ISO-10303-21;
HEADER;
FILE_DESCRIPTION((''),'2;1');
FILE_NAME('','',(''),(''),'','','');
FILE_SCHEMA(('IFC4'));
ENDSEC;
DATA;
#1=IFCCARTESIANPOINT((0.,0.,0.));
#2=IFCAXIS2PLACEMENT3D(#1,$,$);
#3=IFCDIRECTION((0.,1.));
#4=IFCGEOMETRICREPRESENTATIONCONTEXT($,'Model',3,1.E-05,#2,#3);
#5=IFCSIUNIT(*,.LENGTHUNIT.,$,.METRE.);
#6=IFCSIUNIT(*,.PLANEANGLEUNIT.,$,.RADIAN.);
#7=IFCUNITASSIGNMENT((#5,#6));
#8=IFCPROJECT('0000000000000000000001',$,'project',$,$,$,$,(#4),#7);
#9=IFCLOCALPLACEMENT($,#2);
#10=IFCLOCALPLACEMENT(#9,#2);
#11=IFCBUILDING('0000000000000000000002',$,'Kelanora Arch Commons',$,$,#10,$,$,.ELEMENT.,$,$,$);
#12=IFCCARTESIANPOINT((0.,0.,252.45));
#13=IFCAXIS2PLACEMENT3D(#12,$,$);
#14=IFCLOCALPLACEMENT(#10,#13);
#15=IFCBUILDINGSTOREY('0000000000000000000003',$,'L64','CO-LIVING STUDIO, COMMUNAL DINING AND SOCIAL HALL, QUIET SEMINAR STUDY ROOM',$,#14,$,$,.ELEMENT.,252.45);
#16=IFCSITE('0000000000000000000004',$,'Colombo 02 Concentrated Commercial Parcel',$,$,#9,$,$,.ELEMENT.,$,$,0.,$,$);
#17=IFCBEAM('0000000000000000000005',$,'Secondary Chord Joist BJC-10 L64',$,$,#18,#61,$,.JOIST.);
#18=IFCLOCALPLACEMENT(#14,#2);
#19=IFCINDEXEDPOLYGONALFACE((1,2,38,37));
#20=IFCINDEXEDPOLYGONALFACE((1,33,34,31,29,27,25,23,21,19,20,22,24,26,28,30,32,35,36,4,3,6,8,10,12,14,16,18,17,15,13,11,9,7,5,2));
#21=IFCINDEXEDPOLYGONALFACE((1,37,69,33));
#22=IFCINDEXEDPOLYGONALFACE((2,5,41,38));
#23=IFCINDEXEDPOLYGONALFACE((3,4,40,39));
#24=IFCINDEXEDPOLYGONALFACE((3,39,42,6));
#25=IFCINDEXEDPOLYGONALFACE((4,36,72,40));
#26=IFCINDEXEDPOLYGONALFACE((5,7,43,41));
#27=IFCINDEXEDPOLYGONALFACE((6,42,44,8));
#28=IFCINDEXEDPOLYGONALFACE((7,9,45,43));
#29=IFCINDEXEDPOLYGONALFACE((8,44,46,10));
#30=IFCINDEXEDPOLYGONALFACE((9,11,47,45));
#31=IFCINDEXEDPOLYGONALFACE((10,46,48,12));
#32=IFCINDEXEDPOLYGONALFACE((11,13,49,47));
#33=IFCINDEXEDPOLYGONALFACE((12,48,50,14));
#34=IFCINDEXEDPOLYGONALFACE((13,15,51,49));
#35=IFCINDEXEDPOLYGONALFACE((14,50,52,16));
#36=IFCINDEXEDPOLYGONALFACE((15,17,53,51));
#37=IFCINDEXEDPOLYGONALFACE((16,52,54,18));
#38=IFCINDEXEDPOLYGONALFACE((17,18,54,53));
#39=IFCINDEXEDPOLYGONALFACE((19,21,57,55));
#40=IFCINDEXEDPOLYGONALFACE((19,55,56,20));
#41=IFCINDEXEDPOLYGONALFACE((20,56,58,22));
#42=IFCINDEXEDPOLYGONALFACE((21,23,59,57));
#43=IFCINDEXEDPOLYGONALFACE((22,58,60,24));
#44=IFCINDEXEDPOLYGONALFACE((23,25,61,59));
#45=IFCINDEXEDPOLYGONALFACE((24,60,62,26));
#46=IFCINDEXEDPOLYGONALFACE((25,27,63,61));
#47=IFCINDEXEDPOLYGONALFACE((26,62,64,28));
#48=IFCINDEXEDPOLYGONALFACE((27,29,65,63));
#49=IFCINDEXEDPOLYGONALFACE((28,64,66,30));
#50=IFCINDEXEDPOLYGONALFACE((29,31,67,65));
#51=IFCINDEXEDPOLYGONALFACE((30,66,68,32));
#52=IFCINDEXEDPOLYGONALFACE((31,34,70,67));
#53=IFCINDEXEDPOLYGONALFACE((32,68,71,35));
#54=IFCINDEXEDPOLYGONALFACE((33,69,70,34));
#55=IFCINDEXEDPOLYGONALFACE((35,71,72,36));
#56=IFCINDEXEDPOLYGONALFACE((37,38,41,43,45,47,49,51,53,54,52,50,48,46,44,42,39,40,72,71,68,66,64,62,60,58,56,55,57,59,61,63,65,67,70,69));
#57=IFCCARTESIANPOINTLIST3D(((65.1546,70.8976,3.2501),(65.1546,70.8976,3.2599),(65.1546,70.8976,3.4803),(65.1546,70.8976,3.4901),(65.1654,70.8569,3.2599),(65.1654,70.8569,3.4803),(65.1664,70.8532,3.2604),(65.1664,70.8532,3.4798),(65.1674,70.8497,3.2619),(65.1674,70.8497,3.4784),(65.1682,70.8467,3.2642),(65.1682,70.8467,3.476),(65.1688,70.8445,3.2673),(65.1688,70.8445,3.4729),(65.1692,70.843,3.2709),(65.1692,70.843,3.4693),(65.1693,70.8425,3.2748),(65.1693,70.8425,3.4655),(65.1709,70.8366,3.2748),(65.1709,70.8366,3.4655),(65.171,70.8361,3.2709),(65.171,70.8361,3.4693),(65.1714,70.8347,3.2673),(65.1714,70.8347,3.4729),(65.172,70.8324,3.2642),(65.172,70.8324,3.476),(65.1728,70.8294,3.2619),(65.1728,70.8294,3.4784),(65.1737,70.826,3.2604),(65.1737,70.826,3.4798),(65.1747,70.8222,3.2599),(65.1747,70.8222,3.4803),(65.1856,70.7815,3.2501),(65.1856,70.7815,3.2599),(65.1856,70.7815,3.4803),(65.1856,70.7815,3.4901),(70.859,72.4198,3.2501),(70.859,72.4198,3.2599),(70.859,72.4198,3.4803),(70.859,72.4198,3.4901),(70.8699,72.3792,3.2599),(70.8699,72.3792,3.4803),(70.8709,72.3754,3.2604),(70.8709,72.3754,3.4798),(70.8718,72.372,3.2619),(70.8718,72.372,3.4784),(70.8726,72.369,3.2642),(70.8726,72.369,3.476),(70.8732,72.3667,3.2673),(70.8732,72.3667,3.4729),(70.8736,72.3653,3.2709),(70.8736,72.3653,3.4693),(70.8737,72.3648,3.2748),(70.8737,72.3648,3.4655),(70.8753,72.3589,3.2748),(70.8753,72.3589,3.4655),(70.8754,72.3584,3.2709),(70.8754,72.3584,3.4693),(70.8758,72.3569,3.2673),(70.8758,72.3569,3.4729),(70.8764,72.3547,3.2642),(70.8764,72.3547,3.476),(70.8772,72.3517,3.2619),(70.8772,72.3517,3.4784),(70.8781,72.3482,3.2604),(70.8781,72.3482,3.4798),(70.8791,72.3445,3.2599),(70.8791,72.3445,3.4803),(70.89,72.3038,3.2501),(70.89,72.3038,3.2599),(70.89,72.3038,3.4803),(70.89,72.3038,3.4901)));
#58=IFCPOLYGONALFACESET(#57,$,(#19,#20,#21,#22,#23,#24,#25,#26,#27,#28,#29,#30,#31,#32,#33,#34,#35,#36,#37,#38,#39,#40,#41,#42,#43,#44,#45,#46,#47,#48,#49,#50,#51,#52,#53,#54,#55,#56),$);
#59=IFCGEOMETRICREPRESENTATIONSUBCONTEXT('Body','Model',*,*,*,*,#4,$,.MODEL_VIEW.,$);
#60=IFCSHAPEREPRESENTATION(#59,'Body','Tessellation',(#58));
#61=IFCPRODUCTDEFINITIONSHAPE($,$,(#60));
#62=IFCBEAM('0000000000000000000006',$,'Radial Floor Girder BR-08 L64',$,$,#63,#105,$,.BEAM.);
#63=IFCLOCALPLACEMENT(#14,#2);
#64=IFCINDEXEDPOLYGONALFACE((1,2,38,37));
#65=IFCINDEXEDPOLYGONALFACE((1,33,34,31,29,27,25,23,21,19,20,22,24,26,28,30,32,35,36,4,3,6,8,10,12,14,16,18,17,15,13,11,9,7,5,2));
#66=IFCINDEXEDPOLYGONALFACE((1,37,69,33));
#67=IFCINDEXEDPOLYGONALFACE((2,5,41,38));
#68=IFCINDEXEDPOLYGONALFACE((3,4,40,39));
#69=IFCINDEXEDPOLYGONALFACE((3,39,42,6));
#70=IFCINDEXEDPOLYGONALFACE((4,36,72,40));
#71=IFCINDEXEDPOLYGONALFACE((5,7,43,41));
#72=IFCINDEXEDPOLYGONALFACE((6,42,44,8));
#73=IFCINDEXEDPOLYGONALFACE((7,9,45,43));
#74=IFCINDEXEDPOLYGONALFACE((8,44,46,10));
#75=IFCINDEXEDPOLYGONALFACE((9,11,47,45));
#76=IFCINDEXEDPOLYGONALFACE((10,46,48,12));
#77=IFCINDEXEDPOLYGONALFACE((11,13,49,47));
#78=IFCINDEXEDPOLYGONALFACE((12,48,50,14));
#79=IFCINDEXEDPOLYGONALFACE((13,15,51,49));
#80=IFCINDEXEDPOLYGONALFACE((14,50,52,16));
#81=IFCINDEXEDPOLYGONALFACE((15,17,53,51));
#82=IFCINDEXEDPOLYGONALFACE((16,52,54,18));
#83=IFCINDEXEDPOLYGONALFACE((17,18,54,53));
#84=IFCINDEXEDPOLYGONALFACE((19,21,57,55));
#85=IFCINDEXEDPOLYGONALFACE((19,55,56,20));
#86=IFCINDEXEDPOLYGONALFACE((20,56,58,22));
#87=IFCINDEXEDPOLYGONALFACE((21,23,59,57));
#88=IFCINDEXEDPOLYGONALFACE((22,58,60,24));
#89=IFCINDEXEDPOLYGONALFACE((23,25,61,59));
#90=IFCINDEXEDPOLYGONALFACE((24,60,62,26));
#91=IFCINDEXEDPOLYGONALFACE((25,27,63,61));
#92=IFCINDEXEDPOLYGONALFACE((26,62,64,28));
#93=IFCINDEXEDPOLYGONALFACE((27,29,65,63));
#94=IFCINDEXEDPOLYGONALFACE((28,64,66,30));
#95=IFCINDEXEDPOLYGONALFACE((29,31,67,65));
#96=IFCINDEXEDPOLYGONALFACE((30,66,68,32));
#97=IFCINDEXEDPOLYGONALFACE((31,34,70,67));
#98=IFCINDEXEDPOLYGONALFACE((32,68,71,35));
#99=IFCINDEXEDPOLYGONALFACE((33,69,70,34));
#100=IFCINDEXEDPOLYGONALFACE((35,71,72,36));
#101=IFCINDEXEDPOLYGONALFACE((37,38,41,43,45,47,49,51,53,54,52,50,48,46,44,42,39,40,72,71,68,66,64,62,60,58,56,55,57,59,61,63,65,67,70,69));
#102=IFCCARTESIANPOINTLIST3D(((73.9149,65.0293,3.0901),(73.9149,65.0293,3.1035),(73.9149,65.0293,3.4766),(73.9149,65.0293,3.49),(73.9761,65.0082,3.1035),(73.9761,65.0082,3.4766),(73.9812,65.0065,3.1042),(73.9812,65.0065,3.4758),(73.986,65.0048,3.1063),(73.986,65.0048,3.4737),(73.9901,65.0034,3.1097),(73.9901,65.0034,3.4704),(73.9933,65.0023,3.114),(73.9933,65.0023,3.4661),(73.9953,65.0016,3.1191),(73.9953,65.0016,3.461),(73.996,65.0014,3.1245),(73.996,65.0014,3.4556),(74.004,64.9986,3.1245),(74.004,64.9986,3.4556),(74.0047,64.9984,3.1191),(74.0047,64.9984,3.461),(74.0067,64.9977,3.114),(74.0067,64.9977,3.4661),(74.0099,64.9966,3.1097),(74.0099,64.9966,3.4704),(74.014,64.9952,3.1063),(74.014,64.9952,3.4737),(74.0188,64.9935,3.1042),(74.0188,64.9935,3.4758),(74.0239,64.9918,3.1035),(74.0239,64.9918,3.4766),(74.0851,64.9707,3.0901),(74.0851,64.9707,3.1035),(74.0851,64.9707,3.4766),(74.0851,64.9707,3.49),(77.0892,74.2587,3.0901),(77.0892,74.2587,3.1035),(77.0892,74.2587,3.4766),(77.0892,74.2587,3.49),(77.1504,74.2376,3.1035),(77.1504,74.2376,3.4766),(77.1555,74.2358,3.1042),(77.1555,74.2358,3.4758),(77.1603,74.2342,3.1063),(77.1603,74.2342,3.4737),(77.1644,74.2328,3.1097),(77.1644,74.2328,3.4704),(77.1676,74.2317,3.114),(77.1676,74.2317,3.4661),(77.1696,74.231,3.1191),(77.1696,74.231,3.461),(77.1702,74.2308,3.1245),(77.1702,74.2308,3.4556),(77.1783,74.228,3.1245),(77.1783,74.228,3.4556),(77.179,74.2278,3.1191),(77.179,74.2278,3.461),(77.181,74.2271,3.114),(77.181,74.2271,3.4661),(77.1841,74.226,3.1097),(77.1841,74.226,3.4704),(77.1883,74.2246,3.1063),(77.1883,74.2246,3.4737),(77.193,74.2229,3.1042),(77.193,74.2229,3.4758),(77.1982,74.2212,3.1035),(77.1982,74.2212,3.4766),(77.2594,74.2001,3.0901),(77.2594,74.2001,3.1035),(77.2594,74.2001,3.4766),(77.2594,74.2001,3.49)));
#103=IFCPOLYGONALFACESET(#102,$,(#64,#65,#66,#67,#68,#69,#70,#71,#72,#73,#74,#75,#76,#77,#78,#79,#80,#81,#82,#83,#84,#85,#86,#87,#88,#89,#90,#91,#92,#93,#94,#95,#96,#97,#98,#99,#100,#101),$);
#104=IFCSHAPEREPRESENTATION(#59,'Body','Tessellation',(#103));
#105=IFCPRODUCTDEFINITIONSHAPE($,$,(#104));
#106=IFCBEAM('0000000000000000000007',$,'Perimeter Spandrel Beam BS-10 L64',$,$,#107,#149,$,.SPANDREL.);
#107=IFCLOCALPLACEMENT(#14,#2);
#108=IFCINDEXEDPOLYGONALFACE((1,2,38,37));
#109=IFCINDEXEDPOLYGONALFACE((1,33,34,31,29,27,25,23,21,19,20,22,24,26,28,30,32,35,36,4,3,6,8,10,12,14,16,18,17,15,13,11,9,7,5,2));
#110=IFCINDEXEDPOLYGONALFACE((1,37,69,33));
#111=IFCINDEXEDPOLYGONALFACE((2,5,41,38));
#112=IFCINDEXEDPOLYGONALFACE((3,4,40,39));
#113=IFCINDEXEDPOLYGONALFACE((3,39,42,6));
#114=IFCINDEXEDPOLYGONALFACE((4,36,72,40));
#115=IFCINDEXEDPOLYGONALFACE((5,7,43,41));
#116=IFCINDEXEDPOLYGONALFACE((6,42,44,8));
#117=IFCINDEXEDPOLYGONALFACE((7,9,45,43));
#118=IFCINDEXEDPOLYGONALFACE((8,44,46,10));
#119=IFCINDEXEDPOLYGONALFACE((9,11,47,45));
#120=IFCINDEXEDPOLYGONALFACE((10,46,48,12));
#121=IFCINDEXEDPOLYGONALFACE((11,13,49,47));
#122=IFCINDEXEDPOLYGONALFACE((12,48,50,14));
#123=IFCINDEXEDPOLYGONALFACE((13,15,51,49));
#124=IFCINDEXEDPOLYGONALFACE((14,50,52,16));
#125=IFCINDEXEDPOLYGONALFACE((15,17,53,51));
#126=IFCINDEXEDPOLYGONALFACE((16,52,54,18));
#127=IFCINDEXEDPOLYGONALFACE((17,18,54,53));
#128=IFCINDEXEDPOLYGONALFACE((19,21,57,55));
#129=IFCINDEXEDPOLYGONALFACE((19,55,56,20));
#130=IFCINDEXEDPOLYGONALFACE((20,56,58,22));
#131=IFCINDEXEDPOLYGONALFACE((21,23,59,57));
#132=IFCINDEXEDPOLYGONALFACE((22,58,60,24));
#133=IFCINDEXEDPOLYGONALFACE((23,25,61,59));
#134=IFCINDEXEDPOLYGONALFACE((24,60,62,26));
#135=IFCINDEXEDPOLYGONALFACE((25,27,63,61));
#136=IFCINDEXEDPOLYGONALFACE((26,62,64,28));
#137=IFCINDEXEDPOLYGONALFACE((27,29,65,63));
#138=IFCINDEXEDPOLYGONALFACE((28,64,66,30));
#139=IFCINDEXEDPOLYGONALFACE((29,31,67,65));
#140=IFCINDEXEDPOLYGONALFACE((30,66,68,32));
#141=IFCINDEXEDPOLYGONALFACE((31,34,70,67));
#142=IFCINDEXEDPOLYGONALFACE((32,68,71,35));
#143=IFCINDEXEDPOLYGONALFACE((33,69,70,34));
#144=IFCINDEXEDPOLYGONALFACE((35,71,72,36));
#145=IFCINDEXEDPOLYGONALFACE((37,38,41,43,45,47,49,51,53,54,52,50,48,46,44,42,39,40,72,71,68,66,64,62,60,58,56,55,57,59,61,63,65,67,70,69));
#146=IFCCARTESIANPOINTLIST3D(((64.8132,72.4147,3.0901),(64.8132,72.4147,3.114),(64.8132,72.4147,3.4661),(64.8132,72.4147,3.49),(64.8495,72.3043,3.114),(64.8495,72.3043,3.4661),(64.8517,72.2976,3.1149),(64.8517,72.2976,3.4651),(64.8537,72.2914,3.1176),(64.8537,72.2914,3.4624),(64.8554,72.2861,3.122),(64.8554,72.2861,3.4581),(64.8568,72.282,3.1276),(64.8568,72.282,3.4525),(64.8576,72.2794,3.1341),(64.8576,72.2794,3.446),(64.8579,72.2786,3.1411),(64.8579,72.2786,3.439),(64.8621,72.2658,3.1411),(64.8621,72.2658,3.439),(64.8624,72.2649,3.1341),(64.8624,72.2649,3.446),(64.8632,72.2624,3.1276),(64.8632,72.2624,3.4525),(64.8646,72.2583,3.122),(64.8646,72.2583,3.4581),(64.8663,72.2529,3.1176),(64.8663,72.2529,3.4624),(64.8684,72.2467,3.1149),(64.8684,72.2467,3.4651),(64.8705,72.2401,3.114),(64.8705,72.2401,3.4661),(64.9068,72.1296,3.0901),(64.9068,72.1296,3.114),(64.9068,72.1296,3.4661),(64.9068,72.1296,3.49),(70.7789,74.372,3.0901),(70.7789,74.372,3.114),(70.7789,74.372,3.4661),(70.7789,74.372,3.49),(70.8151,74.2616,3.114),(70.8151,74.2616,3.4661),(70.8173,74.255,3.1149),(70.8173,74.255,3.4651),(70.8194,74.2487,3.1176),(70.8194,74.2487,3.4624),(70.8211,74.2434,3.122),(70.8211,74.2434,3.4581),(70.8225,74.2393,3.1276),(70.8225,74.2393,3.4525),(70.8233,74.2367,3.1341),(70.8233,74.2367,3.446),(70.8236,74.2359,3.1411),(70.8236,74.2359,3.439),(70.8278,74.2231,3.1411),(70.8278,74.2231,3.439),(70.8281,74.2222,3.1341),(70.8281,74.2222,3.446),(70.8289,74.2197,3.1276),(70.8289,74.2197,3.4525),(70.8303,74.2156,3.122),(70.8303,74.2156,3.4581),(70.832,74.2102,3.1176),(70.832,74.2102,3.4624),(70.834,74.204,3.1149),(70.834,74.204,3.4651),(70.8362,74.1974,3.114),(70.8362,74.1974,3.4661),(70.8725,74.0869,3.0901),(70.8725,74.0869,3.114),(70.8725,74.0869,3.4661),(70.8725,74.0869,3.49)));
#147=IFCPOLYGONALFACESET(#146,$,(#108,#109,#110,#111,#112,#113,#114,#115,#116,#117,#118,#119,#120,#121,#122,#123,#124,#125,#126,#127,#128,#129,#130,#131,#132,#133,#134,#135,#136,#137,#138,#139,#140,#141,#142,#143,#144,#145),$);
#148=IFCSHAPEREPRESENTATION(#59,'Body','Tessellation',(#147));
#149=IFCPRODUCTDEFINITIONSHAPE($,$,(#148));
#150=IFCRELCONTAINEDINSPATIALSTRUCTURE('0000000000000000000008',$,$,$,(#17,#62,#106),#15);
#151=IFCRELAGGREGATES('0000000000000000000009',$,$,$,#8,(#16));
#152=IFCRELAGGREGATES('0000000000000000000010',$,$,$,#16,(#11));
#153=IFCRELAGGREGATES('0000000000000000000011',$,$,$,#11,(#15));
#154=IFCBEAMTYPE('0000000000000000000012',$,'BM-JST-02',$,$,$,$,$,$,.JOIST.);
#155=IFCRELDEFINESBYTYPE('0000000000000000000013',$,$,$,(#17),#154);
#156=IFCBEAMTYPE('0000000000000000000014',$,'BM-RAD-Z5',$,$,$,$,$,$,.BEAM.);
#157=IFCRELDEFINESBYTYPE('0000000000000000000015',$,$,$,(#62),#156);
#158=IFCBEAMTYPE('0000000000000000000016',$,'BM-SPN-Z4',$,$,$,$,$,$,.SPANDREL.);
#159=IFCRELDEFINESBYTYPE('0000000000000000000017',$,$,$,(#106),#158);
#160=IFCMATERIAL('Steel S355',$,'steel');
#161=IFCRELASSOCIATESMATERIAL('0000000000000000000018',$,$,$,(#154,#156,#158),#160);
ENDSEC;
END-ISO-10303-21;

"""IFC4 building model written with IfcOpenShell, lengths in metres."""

from ifc_helpers import new_model, si_unit, direction, frame, origin, origin_2d, place, context, subcontext, project, spatial, i_section, extrude, material, material_profile, profile_set, type_object, element, save


model = new_model("IFC4")

# Units and contexts
model_context = context("Model", 3, precision=1e-05, world=origin(), true_north=direction((0.0, 1.0)))
body_context = subcontext(model_context, "Body", "Model", "MODEL_VIEW")
ifc_project = project(units=[si_unit("LENGTHUNIT", "METRE"), si_unit("PLANEANGLEUNIT", "RADIAN")], contexts=[model_context])

# Site, building, storey
site_placement = place(None, origin())
site = spatial("IfcSite", under=ifc_project, at=site_placement, Name="Colombo 02 Concentrated Commercial Parcel", CompositionType="ELEMENT", RefElevation=0.0)
building_placement = place(site_placement, origin())
building = spatial("IfcBuilding", under=site, at=building_placement, Name="Kelanora Arch Commons", CompositionType="ELEMENT")
storey_placement = place(building_placement, frame((0.0, 0.0, 252.45)))
storey = spatial("IfcBuildingStorey", under=building, at=storey_placement, Name="L64", Description="CO-LIVING STUDIO, COMMUNAL DINING AND SOCIAL HALL, QUIET SEMINAR STUDY ROOM", CompositionType="ELEMENT", Elevation=252.45)

# Beams
ifc_material_1 = material(Name="Steel S355", Category="steel")
ifc_material_profile_1 = material_profile(ifc_material_1, i_section(OverallWidth=0.1201, OverallDepth=0.24, WebThickness=0.0061, FlangeThickness=0.0098, FilletRadius=0.0149, at=origin_2d()), Name="IPE240")
ifc_profile_set_1 = profile_set([ifc_material_profile_1], Name="Steel S355")
beam_type_1 = type_object("IfcBeamType", Name="BM-JST-02", PredefinedType="JOIST", material=ifc_profile_set_1)
beam_1_placement = place(storey_placement, frame((70.8745, 72.3618, 3.3701), z_axis=(-0.96619, -0.25783, 0.0), x_axis=(0.25783, -0.96619, 0.0)))
element("IfcBeam", 1, at=beam_1_placement, inside=storey, type_object=beam_type_1, Name="Secondary Chord Joist BJC-10 L64", PredefinedType="JOIST", context=body_context, shape_type="SweptSolid", body=[
    extrude(i_section(OverallWidth=0.1201, OverallDepth=0.24, WebThickness=0.0061, FlangeThickness=0.0098, FilletRadius=0.0149, at=origin_2d()), origin(), (0.0, 0.0, 1.0), 5.9041),
])
ifc_material_profile_2 = material_profile(ifc_material_1, i_section(OverallWidth=0.1799, OverallDepth=0.3999, WebThickness=0.0085, FlangeThickness=0.0134, FilletRadius=0.021, at=origin_2d()), Name="IPE400")
ifc_profile_set_2 = profile_set([ifc_material_profile_2], Name="Steel S355")
beam_type_2 = type_object("IfcBeamType", Name="BM-RAD-Z5", PredefinedType="BEAM", material=ifc_profile_set_2)
beam_2_placement = place(storey_placement, frame((74.0, 65.0, 3.29), z_axis=(0.325234, 0.945634, 0.0), x_axis=(-0.945634, 0.325234, 0.0)))
element("IfcBeam", 2, at=beam_2_placement, inside=storey, type_object=beam_type_2, Name="Radial Floor Girder BR-08 L64", PredefinedType="BEAM", context=body_context, shape_type="SweptSolid", body=[
    extrude(i_section(OverallWidth=0.1799, OverallDepth=0.3999, WebThickness=0.0085, FlangeThickness=0.0134, FilletRadius=0.021, at=origin_2d()), origin(), (0.0, 0.0, 1.0), 9.76),
])
ifc_material_profile_3 = material_profile(ifc_material_1, i_section(OverallWidth=0.3, OverallDepth=0.3999, WebThickness=0.0134, FlangeThickness=0.0239, FilletRadius=0.0271, at=origin_2d()), Name="HEB400")
ifc_profile_set_3 = profile_set([ifc_material_profile_3], Name="Steel S355")
beam_type_3 = type_object("IfcBeamType", Name="BM-SPN-Z4", PredefinedType="SPANDREL", material=ifc_profile_set_3)
beam_3_placement = place(storey_placement, frame((70.8257, 74.2295, 3.29), z_axis=(-0.950166, -0.311745, 0.0), x_axis=(0.311745, -0.950166, 0.0)))
element("IfcBeam", 3, at=beam_3_placement, inside=storey, type_object=beam_type_3, Name="Perimeter Spandrel Beam BS-10 L64", PredefinedType="SPANDREL", context=body_context, shape_type="SweptSolid", body=[
    extrude(i_section(OverallWidth=0.3, OverallDepth=0.3999, WebThickness=0.0134, FlangeThickness=0.0239, FilletRadius=0.0271, at=origin_2d()), origin(), (0.0, 0.0, 1.0), 6.2786),
])

save(model, "model.ifc")
